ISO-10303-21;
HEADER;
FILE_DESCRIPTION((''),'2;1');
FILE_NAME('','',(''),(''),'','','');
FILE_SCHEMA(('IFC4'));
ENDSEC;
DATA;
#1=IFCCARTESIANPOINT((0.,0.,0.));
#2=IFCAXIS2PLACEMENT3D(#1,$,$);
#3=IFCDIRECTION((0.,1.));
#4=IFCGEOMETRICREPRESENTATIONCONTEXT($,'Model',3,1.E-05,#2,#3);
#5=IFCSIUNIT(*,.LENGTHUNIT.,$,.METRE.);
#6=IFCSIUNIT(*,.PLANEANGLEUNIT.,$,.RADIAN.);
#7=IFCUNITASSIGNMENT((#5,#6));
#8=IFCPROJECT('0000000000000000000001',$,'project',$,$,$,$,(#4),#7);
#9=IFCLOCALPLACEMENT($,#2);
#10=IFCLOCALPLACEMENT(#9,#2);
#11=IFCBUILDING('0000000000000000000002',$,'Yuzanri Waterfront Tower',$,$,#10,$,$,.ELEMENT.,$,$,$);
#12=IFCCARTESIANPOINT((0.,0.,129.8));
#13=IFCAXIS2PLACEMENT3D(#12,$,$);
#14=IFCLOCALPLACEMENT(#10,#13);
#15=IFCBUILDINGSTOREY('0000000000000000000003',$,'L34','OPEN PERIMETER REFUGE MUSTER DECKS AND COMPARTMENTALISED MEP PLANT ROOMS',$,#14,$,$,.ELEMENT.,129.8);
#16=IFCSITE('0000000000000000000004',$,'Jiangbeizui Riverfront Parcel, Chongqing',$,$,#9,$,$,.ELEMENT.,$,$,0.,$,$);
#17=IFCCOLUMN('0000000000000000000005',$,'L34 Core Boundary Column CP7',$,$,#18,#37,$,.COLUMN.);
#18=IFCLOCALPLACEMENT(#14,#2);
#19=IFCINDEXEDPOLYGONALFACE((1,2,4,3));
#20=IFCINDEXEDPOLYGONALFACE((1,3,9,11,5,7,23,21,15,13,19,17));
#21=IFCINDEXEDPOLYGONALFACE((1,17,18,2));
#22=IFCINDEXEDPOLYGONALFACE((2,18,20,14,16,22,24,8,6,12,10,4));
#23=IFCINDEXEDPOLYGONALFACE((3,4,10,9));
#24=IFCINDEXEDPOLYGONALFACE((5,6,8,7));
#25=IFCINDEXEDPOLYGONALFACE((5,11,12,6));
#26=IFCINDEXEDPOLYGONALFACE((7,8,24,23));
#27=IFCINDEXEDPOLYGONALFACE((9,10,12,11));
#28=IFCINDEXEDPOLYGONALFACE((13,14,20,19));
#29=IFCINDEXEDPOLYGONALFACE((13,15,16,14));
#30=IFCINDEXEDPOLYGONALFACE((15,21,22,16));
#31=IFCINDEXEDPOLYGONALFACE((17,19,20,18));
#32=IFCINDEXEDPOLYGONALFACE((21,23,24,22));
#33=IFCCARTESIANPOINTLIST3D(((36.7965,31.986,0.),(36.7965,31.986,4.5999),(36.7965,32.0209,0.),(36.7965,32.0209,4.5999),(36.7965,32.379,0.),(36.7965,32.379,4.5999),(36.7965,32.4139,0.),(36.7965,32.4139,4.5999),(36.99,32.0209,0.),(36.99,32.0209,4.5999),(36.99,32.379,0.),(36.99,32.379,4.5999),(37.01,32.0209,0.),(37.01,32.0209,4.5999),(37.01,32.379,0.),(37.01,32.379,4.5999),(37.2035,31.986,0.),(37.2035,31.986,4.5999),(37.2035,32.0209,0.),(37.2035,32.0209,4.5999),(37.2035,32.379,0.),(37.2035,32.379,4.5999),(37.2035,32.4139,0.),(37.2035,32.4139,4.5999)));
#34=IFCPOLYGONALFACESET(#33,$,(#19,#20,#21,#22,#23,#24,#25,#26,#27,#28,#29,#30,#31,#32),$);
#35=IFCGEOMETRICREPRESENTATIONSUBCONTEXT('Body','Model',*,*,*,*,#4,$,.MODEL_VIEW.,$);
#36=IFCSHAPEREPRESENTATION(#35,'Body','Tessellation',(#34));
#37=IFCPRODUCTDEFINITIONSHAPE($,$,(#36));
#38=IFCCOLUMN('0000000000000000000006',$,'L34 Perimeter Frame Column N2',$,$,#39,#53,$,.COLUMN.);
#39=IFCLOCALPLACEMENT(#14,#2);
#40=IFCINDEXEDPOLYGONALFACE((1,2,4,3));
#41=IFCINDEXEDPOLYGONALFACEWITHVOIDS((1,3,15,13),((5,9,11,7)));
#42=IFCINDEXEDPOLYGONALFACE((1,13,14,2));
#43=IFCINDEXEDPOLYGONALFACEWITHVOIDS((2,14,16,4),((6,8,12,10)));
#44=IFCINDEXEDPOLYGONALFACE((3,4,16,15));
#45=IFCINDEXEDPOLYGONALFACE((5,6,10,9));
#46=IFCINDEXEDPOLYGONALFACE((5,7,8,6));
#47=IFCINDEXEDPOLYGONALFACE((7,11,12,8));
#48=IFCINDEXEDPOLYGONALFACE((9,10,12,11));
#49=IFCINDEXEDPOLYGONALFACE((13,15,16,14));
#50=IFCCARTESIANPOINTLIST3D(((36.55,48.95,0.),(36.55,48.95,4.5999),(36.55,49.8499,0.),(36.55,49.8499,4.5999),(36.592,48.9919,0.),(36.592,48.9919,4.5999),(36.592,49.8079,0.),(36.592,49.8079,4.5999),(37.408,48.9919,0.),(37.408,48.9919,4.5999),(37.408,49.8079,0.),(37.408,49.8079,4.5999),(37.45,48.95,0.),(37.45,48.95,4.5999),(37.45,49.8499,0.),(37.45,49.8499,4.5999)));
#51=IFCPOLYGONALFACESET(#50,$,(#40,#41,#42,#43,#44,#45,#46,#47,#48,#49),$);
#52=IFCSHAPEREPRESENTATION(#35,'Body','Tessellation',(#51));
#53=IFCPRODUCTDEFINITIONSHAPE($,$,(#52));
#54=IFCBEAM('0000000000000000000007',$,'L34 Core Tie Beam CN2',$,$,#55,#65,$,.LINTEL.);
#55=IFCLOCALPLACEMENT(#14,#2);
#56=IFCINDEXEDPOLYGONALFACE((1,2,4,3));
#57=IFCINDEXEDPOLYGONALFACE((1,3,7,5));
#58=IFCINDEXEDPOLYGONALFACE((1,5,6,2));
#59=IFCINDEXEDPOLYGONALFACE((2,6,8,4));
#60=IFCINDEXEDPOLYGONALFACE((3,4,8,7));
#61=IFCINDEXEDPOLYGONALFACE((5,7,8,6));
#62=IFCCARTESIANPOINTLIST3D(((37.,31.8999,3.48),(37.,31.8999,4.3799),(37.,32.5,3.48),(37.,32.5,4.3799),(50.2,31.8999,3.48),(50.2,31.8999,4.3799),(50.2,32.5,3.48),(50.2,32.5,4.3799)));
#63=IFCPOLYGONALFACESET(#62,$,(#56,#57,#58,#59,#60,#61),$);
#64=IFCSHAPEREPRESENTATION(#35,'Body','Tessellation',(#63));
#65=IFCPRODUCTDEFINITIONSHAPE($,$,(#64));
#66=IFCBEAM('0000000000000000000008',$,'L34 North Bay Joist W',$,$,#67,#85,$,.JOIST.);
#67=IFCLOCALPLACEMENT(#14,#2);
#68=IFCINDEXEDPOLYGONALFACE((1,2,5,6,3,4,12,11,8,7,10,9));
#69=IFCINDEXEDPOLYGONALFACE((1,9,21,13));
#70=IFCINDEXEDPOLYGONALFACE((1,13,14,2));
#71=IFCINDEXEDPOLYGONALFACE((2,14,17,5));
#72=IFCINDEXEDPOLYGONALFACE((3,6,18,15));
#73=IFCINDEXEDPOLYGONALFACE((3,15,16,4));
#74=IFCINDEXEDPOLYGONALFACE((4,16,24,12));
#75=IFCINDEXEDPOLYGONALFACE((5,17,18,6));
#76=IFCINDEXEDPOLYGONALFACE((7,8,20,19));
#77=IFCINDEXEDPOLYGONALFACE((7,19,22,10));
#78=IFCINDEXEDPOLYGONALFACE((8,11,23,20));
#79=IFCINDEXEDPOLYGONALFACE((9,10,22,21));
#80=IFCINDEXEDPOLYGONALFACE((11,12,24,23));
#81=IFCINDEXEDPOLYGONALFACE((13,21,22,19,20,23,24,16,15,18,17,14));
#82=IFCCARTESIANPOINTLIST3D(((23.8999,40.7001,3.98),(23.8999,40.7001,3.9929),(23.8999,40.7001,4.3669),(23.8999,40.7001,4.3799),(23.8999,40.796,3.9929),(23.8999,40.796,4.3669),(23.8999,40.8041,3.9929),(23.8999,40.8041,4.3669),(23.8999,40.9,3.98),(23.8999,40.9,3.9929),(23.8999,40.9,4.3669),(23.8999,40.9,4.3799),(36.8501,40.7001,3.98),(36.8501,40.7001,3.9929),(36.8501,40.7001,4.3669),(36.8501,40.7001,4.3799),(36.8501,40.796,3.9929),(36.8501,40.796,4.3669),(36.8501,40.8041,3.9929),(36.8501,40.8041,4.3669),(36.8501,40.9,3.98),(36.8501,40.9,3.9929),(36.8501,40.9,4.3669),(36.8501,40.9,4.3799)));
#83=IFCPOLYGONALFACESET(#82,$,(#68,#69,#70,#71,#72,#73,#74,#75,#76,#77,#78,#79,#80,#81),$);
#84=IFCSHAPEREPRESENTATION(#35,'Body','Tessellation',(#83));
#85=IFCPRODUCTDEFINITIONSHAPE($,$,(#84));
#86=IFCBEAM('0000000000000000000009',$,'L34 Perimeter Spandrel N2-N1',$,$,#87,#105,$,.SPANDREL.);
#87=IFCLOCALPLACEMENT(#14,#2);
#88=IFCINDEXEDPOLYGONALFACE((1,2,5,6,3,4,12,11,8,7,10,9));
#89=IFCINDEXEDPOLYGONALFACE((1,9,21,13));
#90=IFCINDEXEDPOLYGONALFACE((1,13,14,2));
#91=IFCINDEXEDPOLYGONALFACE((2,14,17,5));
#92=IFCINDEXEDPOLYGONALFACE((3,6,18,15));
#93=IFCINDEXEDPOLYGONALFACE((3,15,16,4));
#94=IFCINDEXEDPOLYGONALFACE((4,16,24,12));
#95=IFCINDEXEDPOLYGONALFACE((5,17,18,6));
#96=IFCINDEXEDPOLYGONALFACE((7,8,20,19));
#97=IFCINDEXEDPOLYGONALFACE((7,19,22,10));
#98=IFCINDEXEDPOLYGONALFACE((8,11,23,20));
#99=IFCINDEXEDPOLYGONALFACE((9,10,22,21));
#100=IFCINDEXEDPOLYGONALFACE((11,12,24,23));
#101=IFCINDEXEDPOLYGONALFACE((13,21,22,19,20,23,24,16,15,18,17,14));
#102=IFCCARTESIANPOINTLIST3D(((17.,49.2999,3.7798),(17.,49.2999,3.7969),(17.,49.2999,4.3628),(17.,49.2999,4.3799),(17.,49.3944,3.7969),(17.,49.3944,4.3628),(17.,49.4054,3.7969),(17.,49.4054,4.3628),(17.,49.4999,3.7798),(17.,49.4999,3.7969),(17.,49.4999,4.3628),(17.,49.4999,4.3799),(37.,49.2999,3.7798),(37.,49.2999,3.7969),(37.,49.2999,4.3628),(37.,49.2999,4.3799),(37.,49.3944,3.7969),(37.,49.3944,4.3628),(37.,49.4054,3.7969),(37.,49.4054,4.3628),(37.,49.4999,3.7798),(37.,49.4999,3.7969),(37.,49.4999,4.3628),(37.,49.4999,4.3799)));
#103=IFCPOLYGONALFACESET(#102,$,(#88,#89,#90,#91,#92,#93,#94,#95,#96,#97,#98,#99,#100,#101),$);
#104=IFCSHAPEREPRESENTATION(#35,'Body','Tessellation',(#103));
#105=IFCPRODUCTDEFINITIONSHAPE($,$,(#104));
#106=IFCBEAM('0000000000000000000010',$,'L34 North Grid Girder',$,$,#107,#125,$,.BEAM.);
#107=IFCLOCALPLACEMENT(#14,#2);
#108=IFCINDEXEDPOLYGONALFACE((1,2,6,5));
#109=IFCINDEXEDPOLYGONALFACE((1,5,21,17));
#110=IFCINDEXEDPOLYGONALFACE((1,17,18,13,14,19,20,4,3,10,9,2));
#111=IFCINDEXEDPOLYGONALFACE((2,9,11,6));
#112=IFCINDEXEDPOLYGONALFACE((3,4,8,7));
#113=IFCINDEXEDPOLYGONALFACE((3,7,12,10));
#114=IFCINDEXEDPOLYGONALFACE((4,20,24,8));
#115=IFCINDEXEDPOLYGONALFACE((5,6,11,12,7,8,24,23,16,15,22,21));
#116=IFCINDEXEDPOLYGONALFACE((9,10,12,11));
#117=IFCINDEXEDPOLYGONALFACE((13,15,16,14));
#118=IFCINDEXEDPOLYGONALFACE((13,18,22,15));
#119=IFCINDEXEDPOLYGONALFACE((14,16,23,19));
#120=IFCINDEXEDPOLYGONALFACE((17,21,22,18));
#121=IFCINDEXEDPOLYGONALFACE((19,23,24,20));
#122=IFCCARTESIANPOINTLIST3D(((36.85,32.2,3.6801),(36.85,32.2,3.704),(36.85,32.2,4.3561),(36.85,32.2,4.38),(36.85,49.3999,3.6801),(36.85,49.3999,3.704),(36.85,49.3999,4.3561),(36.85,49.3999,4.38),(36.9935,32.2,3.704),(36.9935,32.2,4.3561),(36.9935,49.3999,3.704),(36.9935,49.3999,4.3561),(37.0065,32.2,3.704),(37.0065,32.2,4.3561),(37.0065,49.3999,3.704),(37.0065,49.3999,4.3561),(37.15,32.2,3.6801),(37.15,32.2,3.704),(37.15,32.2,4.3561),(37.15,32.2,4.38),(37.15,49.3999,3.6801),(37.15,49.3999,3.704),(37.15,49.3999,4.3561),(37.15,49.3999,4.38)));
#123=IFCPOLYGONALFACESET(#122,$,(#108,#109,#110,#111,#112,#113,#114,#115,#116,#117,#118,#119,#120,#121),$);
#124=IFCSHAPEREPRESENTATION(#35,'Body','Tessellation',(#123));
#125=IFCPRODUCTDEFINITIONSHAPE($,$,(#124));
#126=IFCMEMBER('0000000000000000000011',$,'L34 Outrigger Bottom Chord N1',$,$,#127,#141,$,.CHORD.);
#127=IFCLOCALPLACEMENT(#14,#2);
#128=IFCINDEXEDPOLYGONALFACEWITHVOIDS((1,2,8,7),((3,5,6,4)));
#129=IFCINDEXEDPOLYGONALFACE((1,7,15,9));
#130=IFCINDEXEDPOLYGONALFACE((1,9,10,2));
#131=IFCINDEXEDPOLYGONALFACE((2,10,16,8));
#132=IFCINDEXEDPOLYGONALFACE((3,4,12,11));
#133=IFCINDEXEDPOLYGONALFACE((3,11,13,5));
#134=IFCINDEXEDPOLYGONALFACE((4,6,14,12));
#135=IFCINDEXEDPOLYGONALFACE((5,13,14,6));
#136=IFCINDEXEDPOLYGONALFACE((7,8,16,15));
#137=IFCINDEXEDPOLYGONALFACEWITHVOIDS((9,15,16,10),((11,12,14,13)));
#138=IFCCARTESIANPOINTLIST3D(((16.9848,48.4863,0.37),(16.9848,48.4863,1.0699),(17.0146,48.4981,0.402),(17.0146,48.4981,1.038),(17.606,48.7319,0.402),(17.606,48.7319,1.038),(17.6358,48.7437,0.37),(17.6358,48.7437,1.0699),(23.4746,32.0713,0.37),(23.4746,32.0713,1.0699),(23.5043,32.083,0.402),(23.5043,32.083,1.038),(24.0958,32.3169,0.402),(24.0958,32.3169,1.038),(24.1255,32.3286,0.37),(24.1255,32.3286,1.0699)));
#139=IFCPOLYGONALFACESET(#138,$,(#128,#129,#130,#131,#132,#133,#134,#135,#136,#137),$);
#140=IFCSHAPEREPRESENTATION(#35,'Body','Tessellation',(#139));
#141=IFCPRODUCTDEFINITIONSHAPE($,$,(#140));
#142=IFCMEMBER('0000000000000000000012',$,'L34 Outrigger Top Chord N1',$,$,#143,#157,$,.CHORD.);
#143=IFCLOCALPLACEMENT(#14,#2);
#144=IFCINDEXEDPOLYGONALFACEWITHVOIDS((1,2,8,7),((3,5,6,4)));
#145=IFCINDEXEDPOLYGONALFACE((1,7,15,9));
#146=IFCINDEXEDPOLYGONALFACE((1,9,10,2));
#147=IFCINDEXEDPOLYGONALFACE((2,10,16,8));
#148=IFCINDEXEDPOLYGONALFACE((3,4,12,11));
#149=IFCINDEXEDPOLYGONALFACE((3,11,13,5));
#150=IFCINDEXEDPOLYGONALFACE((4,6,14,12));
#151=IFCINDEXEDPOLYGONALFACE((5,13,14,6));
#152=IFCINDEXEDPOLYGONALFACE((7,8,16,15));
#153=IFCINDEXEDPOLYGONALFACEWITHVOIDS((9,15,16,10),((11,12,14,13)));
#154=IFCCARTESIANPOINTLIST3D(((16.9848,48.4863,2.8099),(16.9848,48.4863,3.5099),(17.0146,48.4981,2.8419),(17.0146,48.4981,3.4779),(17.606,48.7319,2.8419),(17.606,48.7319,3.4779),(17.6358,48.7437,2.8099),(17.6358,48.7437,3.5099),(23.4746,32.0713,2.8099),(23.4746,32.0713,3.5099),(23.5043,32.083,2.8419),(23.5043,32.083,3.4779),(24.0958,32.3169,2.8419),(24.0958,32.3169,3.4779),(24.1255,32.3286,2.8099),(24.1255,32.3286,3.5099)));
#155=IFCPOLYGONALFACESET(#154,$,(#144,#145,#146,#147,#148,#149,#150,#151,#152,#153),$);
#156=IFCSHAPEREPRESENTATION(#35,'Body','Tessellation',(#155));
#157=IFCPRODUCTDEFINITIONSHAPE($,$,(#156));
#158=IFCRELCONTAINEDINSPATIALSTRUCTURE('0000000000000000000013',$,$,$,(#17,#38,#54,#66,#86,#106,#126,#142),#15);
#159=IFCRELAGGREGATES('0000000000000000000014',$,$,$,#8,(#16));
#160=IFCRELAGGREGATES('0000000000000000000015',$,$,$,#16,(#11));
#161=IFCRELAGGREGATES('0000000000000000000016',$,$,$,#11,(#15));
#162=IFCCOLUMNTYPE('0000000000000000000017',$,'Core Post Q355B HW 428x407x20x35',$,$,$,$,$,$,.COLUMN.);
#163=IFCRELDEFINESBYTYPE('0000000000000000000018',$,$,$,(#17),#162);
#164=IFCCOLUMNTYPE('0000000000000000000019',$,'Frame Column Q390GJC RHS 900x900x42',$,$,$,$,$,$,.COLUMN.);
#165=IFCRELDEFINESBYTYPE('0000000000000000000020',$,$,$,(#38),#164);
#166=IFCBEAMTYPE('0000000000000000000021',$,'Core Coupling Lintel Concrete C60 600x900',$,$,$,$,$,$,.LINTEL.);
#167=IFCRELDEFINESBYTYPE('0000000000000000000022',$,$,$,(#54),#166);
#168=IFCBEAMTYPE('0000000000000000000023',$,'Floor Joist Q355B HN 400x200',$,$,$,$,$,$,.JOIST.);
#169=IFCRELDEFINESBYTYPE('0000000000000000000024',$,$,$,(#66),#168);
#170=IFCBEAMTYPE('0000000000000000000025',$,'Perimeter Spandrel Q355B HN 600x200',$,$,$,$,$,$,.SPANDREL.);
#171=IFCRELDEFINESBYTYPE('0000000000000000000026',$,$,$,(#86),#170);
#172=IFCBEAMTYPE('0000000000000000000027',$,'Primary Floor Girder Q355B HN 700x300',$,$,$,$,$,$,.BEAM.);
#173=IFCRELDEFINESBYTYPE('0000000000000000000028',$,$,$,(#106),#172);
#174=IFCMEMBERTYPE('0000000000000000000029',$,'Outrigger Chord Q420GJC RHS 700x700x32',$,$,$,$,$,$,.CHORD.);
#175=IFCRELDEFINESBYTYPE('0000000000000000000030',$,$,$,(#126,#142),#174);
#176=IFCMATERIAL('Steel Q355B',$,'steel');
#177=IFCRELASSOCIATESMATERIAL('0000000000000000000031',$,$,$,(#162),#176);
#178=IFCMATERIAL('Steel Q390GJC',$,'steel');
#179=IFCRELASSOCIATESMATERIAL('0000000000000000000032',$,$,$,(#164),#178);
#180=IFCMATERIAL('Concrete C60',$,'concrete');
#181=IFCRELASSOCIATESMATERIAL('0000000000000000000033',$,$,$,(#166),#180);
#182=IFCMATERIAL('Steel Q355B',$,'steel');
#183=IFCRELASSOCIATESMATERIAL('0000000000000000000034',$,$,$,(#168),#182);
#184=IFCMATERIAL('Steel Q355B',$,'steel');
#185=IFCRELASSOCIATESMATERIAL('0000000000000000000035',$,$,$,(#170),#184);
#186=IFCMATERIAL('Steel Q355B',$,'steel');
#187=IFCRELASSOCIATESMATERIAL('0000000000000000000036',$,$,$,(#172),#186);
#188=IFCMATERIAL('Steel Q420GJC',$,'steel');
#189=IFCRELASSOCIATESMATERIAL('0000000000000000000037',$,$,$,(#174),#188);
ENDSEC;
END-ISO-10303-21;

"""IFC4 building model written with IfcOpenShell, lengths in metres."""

from ifc_helpers import new_model, si_unit, direction, frame, origin, origin_2d, place, context, subcontext, project, spatial, rectangle, hollow_rectangle, i_section, extrude, source, transform, mapped, material, material_profile, profile_set, type_object, element, save


model = new_model("IFC4")

# Units and contexts
model_context = context("Model", 3, precision=1e-05, world=origin(), true_north=direction((0.0, 1.0)))
body_context = subcontext(model_context, "Body", "Model", "MODEL_VIEW")
ifc_project = project(units=[si_unit("LENGTHUNIT", "METRE"), si_unit("PLANEANGLEUNIT", "RADIAN")], contexts=[model_context])

# Site, building, storey
site_placement = place(None, origin())
site = spatial("IfcSite", under=ifc_project, at=site_placement, Name="Jiangbeizui Riverfront Parcel, Chongqing", CompositionType="ELEMENT", RefElevation=0.0)
building_placement = place(site_placement, origin())
building = spatial("IfcBuilding", under=site, at=building_placement, Name="Yuzanri Waterfront Tower", CompositionType="ELEMENT")
storey_placement = place(building_placement, frame((0.0, 0.0, 129.8)))
storey = spatial("IfcBuildingStorey", under=building, at=storey_placement, Name="L34", Description="OPEN PERIMETER REFUGE MUSTER DECKS AND COMPARTMENTALISED MEP PLANT ROOMS", CompositionType="ELEMENT", Elevation=129.8)

# Columns
ifc_material_1 = material(Name="Steel Q355B", Category="steel")
ifc_material_profile_1 = material_profile(ifc_material_1, i_section(OverallWidth=0.407, OverallDepth=0.428, WebThickness=0.02, FlangeThickness=0.0349, at=origin_2d()), Name="HW 428x407x20x35")
ifc_profile_set_1 = profile_set([ifc_material_profile_1], Name="Steel Q355B")
column_type_1 = type_object("IfcColumnType", Name="Core Post Q355B HW 428x407x20x35", PredefinedType="COLUMN", material=ifc_profile_set_1)
shared_shape_1 = source(origin(), body_context, "Body", "SweptSolid", [
    extrude(i_section(OverallWidth=0.407, OverallDepth=0.428, WebThickness=0.02, FlangeThickness=0.0349, at=origin_2d()), origin(), (0.0, 0.0, 1.0), 4.5999),
])
column_1_placement = place(storey_placement, frame((37.0, 32.2, 0.0), z_axis=(0.0, 0.0, 1.0), x_axis=(1.0, 0.0, 0.0)))
element("IfcColumn", 1, at=column_1_placement, inside=storey, type_object=column_type_1, Name="L34 Core Boundary Column CP7", PredefinedType="COLUMN", context=body_context, shape_type="MappedRepresentation", body=[
    mapped(shared_shape_1, transform((0.0, 0.0, 0.0), scale=1.0)),
])
ifc_material_2 = material(Name="Steel Q390GJC", Category="steel")
ifc_material_profile_2 = material_profile(ifc_material_2, hollow_rectangle(XDim=0.8999, YDim=0.8999, WallThickness=0.042, at=origin_2d()), Name="RHS 900x900x42")
ifc_profile_set_2 = profile_set([ifc_material_profile_2], Name="Steel Q390GJC")
column_type_2 = type_object("IfcColumnType", Name="Frame Column Q390GJC RHS 900x900x42", PredefinedType="COLUMN", material=ifc_profile_set_2)
shared_shape_2 = source(origin(), body_context, "Body", "SweptSolid", [
    extrude(hollow_rectangle(XDim=0.8999, YDim=0.8999, WallThickness=0.042, at=origin_2d()), origin(), (0.0, 0.0, 1.0), 4.5999),
])
column_2_placement = place(storey_placement, frame((37.0, 49.3999, 0.0), z_axis=(0.0, 0.0, 1.0), x_axis=(1.0, 0.0, 0.0)))
element("IfcColumn", 2, at=column_2_placement, inside=storey, type_object=column_type_2, Name="L34 Perimeter Frame Column N2", PredefinedType="COLUMN", context=body_context, shape_type="MappedRepresentation", body=[
    mapped(shared_shape_2, transform((0.0, 0.0, 0.0), scale=1.0)),
])

# Beams
ifc_material_3 = material(Name="Concrete C60", Category="concrete")
ifc_material_profile_3 = material_profile(ifc_material_3, rectangle(XDim=0.6001, YDim=0.8999, at=origin_2d()), Name="RC 600x900")
ifc_profile_set_3 = profile_set([ifc_material_profile_3], Name="Concrete C60")
beam_type_1 = type_object("IfcBeamType", Name="Core Coupling Lintel Concrete C60 600x900", PredefinedType="LINTEL", material=ifc_profile_set_3)
shared_shape_3 = source(origin(), body_context, "Body", "SweptSolid", [
    extrude(rectangle(XDim=0.6001, YDim=0.8999, at=origin_2d()), origin(), (0.0, 0.0, 1.0), 13.2),
])
beam_1_placement = place(storey_placement, frame((37.0, 32.2, 3.9299), z_axis=(1.0, 0.0, 0.0), x_axis=(0.0, 1.0, 0.0)))
element("IfcBeam", 3, at=beam_1_placement, inside=storey, type_object=beam_type_1, Name="L34 Core Tie Beam CN2", PredefinedType="LINTEL", context=body_context, shape_type="MappedRepresentation", body=[
    mapped(shared_shape_3, transform((0.0, 0.0, 0.0), scale=1.0)),
])
ifc_material_4 = material(Name="Steel Q355B", Category="steel")
ifc_material_profile_4 = material_profile(ifc_material_4, i_section(OverallWidth=0.2, OverallDepth=0.3999, WebThickness=0.0081, FlangeThickness=0.0129, at=origin_2d()), Name="HN 400x200x8x13")
ifc_profile_set_4 = profile_set([ifc_material_profile_4], Name="Steel Q355B")
beam_type_2 = type_object("IfcBeamType", Name="Floor Joist Q355B HN 400x200", PredefinedType="JOIST", material=ifc_profile_set_4)
shared_shape_4 = source(origin(), body_context, "Body", "SweptSolid", [
    extrude(i_section(OverallWidth=0.2, OverallDepth=0.3999, WebThickness=0.0081, FlangeThickness=0.0129, at=origin_2d()), origin(), (0.0, 0.0, 1.0), 12.9502),
])
beam_2_placement = place(storey_placement, frame((23.8999, 40.8, 4.1799), z_axis=(1.0, 0.0, 0.0), x_axis=(0.0, 1.0, 0.0)))
element("IfcBeam", 4, at=beam_2_placement, inside=storey, type_object=beam_type_2, Name="L34 North Bay Joist W", PredefinedType="JOIST", context=body_context, shape_type="MappedRepresentation", body=[
    mapped(shared_shape_4, transform((0.0, 0.0, 0.0), scale=1.0)),
])
ifc_material_5 = material(Name="Steel Q355B", Category="steel")
ifc_material_profile_5 = material_profile(ifc_material_5, i_section(OverallWidth=0.2, OverallDepth=0.6001, WebThickness=0.011, FlangeThickness=0.0171, at=origin_2d()), Name="HN 600x200x11x17")
ifc_profile_set_5 = profile_set([ifc_material_profile_5], Name="Steel Q355B")
beam_type_3 = type_object("IfcBeamType", Name="Perimeter Spandrel Q355B HN 600x200", PredefinedType="SPANDREL", material=ifc_profile_set_5)
shared_shape_5 = source(origin(), body_context, "Body", "SweptSolid", [
    extrude(i_section(OverallWidth=0.2, OverallDepth=0.6001, WebThickness=0.011, FlangeThickness=0.0171, at=origin_2d()), origin(), (0.0, 0.0, 1.0), 20.0),
])
beam_3_placement = place(storey_placement, frame((37.0, 49.3999, 4.0798), z_axis=(-1.0, 0.0, 0.0), x_axis=(0.0, -1.0, 0.0)))
element("IfcBeam", 5, at=beam_3_placement, inside=storey, type_object=beam_type_3, Name="L34 Perimeter Spandrel N2-N1", PredefinedType="SPANDREL", context=body_context, shape_type="MappedRepresentation", body=[
    mapped(shared_shape_5, transform((0.0, 0.0, 0.0), scale=1.0)),
])
ifc_material_6 = material(Name="Steel Q355B", Category="steel")
ifc_material_profile_6 = material_profile(ifc_material_6, i_section(OverallWidth=0.3, OverallDepth=0.7, WebThickness=0.0129, FlangeThickness=0.0239, at=origin_2d()), Name="HN 700x300x13x24")
ifc_profile_set_6 = profile_set([ifc_material_profile_6], Name="Steel Q355B")
beam_type_4 = type_object("IfcBeamType", Name="Primary Floor Girder Q355B HN 700x300", PredefinedType="BEAM", material=ifc_profile_set_6)
shared_shape_6 = source(origin(), body_context, "Body", "SweptSolid", [
    extrude(i_section(OverallWidth=0.3, OverallDepth=0.7, WebThickness=0.0129, FlangeThickness=0.0239, at=origin_2d()), origin(), (0.0, 0.0, 1.0), 17.2),
])
beam_4_placement = place(storey_placement, frame((37.0, 32.2, 4.03), z_axis=(0.0, 1.0, 0.0), x_axis=(-1.0, 0.0, 0.0)))
element("IfcBeam", 6, at=beam_4_placement, inside=storey, type_object=beam_type_4, Name="L34 North Grid Girder", PredefinedType="BEAM", context=body_context, shape_type="MappedRepresentation", body=[
    mapped(shared_shape_6, transform((0.0, 0.0, 0.0), scale=1.0)),
])

# Members
ifc_material_7 = material(Name="Steel Q420GJC", Category="steel")
ifc_material_profile_7 = material_profile(ifc_material_7, hollow_rectangle(XDim=0.7, YDim=0.7, WallThickness=0.032, at=origin_2d()), Name="RHS 700x700x32")
ifc_profile_set_7 = profile_set([ifc_material_profile_7], Name="Steel Q420GJC")
member_type_1 = type_object("IfcMemberType", Name="Outrigger Chord Q420GJC RHS 700x700x32", PredefinedType="CHORD", material=ifc_profile_set_7)
shared_shape_7 = source(origin(), body_context, "Body", "SweptSolid", [
    extrude(hollow_rectangle(XDim=0.7, YDim=0.7, WallThickness=0.032, at=origin_2d()), origin(), (0.0, 0.0, 1.0), 17.6514),
])
for number, where, z_axis, x_axis, name in (
    (7, (23.8, 32.2, 0.72), (-0.367663, 0.929959, 0.0), (-0.929959, -0.367663, 0.0), "L34 Outrigger Bottom Chord N1"),
    (8, (23.8, 32.2, 3.1599), (-0.367663, 0.929959, 0.0), (-0.929959, -0.367663, 0.0), "L34 Outrigger Top Chord N1"),
):
    element("IfcMember", number, at=place(storey_placement, frame(where, z_axis=z_axis, x_axis=x_axis)), inside=storey, type_object=member_type_1, Name=name, PredefinedType="CHORD", context=body_context, shape_type="MappedRepresentation", body=[
        mapped(shared_shape_7, transform((0.0, 0.0, 0.0), scale=1.0)),
    ])

save(model, "model.ifc")
